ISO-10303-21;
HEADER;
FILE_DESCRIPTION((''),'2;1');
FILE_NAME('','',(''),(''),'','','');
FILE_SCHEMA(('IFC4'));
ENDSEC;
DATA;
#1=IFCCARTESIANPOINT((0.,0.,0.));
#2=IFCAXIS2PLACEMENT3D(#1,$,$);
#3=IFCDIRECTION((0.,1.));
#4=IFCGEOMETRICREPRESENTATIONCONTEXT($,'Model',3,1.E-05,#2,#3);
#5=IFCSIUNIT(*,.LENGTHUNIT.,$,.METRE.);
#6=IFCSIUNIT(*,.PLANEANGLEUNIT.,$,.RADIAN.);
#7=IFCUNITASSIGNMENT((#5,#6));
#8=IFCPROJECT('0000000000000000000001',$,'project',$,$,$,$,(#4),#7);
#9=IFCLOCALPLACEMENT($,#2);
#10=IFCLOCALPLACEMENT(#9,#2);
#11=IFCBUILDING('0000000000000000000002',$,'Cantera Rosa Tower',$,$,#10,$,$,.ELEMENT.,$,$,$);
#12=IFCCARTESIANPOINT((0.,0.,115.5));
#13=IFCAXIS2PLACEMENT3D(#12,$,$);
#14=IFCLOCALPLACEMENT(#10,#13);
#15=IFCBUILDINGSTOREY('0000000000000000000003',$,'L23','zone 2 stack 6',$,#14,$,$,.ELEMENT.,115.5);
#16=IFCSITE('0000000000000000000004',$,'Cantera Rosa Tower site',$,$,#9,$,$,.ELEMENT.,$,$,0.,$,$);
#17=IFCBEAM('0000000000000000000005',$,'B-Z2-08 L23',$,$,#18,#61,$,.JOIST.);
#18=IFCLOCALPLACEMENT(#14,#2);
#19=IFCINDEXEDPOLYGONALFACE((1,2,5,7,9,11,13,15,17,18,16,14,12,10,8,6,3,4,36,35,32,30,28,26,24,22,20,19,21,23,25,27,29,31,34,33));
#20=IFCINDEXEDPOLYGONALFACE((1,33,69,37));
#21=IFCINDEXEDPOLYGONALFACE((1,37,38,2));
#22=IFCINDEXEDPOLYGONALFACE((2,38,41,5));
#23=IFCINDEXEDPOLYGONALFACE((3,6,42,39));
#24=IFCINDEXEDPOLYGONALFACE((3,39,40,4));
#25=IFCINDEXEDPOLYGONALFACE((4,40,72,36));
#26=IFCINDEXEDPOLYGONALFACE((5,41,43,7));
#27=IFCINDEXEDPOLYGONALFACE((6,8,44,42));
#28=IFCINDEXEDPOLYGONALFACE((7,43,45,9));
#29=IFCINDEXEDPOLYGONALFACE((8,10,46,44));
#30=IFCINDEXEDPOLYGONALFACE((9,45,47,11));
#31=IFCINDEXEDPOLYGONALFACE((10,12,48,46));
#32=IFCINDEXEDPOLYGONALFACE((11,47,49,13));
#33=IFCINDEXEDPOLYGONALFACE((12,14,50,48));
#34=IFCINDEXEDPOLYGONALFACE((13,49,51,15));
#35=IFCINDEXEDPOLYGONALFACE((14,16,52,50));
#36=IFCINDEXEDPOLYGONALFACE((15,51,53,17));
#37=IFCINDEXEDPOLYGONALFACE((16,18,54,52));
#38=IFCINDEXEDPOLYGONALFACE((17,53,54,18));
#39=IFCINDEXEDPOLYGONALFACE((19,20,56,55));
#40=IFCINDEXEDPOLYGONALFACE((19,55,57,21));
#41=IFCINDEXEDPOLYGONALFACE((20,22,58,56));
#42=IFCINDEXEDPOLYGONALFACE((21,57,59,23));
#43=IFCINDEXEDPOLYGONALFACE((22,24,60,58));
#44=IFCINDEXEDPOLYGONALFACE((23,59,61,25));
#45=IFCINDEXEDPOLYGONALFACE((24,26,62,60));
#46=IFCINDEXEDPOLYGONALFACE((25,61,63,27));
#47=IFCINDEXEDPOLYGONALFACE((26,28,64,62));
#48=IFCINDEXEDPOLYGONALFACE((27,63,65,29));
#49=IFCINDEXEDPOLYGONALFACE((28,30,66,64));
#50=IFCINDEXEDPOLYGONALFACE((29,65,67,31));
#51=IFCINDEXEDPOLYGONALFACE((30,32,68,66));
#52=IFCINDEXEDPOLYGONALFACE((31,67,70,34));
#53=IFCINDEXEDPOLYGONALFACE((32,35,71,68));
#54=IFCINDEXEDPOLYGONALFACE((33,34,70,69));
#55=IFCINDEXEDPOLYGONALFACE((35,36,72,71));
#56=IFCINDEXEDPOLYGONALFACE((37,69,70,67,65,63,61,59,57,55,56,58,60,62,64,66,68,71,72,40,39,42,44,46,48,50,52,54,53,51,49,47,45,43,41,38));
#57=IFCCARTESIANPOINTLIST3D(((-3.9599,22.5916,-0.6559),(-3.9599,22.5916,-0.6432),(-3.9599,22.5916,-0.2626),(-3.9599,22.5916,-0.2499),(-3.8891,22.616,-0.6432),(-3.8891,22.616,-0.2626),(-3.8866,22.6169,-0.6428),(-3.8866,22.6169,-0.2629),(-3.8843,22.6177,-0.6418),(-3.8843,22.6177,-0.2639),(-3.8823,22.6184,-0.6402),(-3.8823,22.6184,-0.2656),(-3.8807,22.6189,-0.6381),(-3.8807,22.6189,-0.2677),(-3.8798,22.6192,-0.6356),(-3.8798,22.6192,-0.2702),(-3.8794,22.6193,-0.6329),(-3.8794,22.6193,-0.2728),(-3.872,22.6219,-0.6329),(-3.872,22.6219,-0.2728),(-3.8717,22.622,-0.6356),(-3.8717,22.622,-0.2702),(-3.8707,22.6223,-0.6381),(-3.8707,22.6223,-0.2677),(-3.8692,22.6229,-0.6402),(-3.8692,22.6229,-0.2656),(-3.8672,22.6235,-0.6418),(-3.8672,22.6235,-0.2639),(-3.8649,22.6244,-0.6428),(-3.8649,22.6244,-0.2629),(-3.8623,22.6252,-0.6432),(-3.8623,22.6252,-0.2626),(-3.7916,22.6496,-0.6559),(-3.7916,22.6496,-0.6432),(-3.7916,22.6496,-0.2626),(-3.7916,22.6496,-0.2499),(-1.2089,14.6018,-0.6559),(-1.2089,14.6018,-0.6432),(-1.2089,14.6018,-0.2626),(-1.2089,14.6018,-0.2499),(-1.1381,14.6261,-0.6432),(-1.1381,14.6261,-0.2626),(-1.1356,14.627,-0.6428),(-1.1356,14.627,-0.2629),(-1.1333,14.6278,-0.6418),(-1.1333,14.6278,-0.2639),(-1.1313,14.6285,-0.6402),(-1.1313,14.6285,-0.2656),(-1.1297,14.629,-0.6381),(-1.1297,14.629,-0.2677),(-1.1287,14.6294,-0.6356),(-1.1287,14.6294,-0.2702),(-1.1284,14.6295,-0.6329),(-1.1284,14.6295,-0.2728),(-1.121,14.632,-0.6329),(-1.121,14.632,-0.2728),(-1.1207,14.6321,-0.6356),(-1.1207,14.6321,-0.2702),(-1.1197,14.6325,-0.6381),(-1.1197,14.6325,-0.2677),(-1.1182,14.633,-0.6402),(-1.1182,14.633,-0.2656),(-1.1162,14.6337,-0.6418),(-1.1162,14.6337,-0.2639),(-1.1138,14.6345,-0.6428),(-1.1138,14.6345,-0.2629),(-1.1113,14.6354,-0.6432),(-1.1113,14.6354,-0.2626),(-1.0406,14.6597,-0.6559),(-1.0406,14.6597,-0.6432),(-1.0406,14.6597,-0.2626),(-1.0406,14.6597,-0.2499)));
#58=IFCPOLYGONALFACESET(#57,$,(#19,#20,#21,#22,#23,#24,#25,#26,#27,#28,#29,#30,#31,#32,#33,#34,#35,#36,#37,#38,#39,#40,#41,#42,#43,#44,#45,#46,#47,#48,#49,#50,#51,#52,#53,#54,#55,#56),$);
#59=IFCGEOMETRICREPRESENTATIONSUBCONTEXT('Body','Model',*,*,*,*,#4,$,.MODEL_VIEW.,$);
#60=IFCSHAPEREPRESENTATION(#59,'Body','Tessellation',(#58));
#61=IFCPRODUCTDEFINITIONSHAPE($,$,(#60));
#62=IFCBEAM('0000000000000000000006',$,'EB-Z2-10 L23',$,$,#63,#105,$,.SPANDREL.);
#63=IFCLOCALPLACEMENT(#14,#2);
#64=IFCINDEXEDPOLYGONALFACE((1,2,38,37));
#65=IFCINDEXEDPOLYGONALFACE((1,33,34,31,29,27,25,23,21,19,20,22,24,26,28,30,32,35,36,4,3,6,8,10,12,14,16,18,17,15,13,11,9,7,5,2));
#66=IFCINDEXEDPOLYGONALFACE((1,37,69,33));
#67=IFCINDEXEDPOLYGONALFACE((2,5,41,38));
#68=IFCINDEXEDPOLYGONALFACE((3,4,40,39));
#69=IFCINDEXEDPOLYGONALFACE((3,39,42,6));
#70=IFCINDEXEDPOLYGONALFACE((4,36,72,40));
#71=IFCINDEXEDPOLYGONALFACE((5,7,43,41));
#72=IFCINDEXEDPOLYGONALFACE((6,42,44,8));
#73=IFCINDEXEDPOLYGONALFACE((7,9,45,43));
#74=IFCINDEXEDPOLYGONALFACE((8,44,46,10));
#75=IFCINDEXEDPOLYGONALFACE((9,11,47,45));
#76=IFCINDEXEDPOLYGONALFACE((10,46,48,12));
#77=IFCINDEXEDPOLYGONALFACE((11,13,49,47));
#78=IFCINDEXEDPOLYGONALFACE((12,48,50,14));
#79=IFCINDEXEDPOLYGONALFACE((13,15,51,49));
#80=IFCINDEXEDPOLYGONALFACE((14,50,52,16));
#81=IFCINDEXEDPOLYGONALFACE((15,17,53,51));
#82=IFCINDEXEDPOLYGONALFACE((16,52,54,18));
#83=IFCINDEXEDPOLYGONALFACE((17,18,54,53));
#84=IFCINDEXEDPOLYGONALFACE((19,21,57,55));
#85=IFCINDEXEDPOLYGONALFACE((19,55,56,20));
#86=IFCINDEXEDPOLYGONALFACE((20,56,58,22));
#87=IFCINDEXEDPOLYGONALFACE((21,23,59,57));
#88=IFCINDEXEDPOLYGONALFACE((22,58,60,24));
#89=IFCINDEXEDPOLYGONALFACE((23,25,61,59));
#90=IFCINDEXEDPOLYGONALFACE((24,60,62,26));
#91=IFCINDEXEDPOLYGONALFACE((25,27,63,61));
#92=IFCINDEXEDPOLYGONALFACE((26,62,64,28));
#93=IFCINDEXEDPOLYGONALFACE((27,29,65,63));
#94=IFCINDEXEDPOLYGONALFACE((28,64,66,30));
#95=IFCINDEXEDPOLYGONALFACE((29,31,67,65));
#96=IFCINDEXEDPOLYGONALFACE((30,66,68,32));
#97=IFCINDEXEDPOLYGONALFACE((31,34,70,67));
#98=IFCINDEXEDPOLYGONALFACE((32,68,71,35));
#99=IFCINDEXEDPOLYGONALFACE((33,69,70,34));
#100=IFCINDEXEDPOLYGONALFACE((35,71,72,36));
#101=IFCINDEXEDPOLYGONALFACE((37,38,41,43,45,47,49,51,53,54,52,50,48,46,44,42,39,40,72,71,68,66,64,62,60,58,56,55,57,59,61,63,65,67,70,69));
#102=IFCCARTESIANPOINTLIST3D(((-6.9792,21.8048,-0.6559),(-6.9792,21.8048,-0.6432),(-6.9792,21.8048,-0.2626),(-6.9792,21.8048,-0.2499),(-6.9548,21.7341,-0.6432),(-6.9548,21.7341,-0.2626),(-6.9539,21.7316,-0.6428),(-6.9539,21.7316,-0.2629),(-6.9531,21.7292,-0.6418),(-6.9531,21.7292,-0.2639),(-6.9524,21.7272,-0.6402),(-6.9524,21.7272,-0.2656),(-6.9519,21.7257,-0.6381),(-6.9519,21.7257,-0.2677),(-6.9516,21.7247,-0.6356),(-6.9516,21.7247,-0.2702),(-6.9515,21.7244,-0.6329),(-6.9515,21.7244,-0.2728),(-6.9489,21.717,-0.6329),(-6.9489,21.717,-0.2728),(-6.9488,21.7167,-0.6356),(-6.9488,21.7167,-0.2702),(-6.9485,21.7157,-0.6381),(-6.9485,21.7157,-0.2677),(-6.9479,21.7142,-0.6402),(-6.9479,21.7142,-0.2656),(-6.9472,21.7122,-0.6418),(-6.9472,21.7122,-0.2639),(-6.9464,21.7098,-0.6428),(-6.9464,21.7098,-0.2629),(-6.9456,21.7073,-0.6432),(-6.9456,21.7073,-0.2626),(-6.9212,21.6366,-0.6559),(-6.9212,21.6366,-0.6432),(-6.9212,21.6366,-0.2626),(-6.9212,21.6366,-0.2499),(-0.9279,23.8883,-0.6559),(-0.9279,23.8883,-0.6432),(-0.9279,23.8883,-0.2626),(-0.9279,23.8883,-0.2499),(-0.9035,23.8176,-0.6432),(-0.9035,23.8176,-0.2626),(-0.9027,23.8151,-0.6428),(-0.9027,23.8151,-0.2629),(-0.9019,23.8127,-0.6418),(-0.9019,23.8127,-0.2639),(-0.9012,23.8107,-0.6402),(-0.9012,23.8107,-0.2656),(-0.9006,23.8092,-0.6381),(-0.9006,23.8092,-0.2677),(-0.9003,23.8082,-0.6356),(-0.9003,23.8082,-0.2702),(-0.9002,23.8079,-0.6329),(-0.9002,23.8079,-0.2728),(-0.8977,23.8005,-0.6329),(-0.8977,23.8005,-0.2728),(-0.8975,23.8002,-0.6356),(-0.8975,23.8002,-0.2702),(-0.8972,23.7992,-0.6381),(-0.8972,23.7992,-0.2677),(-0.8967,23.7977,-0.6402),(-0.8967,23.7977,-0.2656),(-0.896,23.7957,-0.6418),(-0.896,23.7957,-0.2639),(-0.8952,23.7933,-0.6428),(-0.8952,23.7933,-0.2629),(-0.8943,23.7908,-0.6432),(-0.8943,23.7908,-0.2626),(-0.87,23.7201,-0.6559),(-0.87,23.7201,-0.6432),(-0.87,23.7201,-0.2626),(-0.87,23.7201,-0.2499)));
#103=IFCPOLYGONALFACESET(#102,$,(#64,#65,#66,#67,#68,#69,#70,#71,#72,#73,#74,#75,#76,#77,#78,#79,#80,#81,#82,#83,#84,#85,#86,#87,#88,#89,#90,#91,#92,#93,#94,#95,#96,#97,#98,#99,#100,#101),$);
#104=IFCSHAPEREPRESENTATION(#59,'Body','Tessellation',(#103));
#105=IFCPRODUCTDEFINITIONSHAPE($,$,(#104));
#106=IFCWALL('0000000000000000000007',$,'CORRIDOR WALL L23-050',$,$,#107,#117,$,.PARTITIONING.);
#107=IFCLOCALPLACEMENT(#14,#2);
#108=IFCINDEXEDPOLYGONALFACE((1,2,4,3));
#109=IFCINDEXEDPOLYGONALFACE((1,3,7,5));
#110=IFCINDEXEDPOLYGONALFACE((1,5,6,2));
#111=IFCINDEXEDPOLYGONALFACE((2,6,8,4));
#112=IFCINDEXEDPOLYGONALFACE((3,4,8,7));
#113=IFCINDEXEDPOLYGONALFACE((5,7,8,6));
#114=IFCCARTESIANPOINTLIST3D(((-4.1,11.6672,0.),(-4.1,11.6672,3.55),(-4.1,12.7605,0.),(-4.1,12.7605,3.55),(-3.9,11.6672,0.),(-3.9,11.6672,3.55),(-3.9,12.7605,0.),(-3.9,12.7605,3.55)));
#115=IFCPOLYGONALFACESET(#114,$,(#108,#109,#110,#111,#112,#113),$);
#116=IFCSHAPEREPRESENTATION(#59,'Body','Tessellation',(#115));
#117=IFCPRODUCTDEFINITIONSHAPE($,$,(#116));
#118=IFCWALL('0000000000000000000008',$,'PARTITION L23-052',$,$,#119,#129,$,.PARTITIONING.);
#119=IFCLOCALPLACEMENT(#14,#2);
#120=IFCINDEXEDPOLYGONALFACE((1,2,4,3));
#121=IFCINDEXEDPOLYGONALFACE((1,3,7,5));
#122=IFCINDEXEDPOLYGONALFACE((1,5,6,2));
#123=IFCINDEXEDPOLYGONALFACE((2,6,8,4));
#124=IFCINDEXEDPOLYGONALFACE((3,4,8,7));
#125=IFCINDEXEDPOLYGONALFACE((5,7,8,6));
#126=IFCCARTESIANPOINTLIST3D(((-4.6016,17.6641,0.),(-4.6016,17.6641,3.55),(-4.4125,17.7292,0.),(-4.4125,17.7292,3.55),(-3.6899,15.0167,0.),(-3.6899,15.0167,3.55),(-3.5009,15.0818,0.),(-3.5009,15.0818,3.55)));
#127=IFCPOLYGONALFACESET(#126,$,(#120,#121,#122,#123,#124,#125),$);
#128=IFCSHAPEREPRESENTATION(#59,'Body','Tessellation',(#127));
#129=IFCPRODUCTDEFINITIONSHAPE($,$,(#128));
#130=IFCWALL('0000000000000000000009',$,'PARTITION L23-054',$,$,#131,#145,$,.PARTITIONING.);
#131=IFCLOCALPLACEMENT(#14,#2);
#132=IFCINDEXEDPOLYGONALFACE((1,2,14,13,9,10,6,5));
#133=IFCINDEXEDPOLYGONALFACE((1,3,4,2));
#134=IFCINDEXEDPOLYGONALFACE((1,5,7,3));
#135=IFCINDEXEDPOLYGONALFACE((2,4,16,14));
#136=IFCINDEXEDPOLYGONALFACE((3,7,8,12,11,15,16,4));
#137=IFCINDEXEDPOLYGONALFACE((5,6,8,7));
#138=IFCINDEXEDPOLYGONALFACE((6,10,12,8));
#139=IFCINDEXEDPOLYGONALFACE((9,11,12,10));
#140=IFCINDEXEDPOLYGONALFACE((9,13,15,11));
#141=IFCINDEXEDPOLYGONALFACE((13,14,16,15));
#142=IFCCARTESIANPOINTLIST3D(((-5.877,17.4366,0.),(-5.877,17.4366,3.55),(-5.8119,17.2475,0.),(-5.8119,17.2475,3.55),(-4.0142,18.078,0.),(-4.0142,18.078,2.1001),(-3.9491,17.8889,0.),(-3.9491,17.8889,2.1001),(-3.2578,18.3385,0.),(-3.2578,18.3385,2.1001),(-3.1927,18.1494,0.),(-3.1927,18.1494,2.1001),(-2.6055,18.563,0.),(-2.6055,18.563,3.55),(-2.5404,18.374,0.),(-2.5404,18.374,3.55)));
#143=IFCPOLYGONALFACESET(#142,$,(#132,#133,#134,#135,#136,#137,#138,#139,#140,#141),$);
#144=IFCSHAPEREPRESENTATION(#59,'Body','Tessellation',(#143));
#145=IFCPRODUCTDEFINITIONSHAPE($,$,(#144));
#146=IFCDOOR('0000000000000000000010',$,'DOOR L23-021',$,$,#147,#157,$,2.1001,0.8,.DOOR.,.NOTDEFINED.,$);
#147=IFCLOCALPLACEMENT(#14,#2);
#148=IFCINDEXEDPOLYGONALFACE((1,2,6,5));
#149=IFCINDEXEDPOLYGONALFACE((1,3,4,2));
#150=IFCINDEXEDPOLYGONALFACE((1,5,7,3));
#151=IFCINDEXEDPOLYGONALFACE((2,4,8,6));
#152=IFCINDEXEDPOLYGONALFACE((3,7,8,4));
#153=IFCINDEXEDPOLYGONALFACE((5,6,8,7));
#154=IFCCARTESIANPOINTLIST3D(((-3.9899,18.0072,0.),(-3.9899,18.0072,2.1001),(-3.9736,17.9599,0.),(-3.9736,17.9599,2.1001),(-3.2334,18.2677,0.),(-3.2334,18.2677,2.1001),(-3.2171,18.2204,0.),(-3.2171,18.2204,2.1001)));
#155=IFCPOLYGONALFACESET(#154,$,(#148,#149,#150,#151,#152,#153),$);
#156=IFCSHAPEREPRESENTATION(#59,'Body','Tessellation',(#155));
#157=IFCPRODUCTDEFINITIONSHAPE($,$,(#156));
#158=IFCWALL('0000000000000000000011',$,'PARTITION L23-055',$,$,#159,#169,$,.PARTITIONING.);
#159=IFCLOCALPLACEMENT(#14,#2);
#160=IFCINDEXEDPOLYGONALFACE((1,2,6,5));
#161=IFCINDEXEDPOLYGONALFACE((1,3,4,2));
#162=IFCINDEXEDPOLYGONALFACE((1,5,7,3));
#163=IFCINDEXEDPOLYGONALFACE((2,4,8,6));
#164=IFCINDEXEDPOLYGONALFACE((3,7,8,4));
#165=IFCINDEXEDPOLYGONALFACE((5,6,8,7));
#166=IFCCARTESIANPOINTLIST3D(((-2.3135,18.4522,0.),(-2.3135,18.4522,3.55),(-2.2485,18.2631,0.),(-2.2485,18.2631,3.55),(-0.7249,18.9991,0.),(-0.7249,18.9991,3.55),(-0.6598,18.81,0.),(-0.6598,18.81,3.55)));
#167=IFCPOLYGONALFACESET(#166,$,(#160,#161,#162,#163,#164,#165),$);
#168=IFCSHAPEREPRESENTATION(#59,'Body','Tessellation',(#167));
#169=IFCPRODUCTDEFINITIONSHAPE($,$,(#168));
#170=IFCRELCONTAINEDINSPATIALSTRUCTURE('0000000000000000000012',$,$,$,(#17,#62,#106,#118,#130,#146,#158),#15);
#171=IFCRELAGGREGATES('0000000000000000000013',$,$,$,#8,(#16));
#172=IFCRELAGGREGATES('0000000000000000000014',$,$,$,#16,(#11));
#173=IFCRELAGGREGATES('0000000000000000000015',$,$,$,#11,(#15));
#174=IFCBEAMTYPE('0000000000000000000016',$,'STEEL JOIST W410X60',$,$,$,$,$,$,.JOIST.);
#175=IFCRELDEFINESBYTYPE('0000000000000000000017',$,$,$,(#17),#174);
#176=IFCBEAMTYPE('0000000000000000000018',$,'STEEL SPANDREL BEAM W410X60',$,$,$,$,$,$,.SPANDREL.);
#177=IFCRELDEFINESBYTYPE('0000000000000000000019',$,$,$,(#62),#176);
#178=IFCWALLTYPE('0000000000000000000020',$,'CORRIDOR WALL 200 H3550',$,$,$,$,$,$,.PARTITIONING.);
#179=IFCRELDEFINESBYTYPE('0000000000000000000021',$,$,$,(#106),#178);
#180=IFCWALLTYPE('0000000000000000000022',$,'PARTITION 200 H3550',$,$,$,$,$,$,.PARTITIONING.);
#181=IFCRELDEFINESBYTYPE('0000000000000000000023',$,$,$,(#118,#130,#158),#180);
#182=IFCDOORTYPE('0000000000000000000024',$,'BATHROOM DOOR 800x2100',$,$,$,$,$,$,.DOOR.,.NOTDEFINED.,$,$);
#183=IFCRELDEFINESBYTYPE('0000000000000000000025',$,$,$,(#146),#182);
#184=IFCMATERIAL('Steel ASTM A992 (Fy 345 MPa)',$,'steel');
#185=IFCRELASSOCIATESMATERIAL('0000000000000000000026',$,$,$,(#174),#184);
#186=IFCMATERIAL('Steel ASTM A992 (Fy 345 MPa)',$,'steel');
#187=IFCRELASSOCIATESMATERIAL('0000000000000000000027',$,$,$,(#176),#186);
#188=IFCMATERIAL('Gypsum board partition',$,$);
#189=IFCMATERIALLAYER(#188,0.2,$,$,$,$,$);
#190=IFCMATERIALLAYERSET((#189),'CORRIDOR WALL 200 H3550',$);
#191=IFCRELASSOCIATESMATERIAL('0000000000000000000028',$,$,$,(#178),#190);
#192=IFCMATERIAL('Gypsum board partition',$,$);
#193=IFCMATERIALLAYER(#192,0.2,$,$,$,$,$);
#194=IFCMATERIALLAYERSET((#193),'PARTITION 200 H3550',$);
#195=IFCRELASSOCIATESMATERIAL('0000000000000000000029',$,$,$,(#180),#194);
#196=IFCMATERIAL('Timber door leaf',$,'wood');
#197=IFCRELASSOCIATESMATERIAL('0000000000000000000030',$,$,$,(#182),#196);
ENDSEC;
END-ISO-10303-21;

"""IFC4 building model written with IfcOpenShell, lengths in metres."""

from ifc_helpers import new_model, si_unit, direction, frame, frame_2d, origin, origin_2d, place, context, subcontext, project, spatial, rectangle, i_section, extrude, material, layer, layer_set, material_profile, profile_set, type_object, element, fill, save


model = new_model("IFC4")

# Units and contexts
model_context = context("Model", 3, precision=1e-05, world=origin(), true_north=direction((0.0, 1.0)))
body_context = subcontext(model_context, "Body", "Model", "MODEL_VIEW")
ifc_project = project(units=[si_unit("LENGTHUNIT", "METRE"), si_unit("PLANEANGLEUNIT", "RADIAN")], contexts=[model_context])

# Site, building, storey
site_placement = place(None, origin())
site = spatial("IfcSite", under=ifc_project, at=site_placement, Name="Cantera Rosa Tower site", CompositionType="ELEMENT", RefElevation=0.0)
building_placement = place(site_placement, origin())
building = spatial("IfcBuilding", under=site, at=building_placement, Name="Cantera Rosa Tower", CompositionType="ELEMENT")
storey_placement = place(building_placement, frame((0.0, 0.0, 115.5)))
storey = spatial("IfcBuildingStorey", under=building, at=storey_placement, Name="L23", Description="zone 2 stack 6", CompositionType="ELEMENT", Elevation=115.5)

# Beams
ifc_material_1 = material(Name="Steel ASTM A992 (Fy 345 MPa)", Category="steel")
ifc_material_profile_1 = material_profile(ifc_material_1, i_section(OverallWidth=0.178, OverallDepth=0.406, WebThickness=0.0078, FlangeThickness=0.0127, FilletRadius=0.0103, at=origin_2d()), Name="W410X60")
ifc_profile_set_1 = profile_set([ifc_material_profile_1], Name="Steel ASTM A992 (Fy 345 MPa)")
beam_type_1 = type_object("IfcBeamType", Name="STEEL JOIST W410X60", PredefinedType="JOIST", material=ifc_profile_set_1)
beam_1_placement = place(storey_placement, frame((-3.8757, 22.6206, -0.4529), z_axis=(0.325556, -0.945523, 0.0), x_axis=(0.945523, 0.325556, 0.0)))
element("IfcBeam", 1, at=beam_1_placement, inside=storey, type_object=beam_type_1, Name="B-Z2-08 L23", PredefinedType="JOIST", context=body_context, shape_type="SweptSolid", body=[
    extrude(i_section(OverallWidth=0.178, OverallDepth=0.406, WebThickness=0.0078, FlangeThickness=0.0127, FilletRadius=0.0103, at=origin_2d()), origin(), (0.0, 0.0, 1.0), 8.4502),
])
ifc_material_2 = material(Name="Steel ASTM A992 (Fy 345 MPa)", Category="steel")
ifc_material_profile_2 = material_profile(ifc_material_2, i_section(OverallWidth=0.178, OverallDepth=0.406, WebThickness=0.0078, FlangeThickness=0.0127, FilletRadius=0.0103, at=origin_2d()), Name="W410X60")
ifc_profile_set_2 = profile_set([ifc_material_profile_2], Name="Steel ASTM A992 (Fy 345 MPa)")
beam_type_2 = type_object("IfcBeamType", Name="STEEL SPANDREL BEAM W410X60", PredefinedType="SPANDREL", material=ifc_profile_set_2)
beam_2_placement = place(storey_placement, frame((-0.8989, 23.8042, -0.4529), z_axis=(-0.945524, -0.325551, 0.0), x_axis=(0.325551, -0.945524, 0.0)))
element("IfcBeam", 2, at=beam_2_placement, inside=storey, type_object=beam_type_2, Name="EB-Z2-10 L23", PredefinedType="SPANDREL", context=body_context, shape_type="SweptSolid", body=[
    extrude(i_section(OverallWidth=0.178, OverallDepth=0.406, WebThickness=0.0078, FlangeThickness=0.0127, FilletRadius=0.0103, at=origin_2d()), origin(), (0.0, 0.0, 1.0), 6.3999),
])

# Wall
ifc_material_3 = material(Name="Gypsum board partition")
ifc_layer_1 = layer(ifc_material_3, 0.2)
ifc_layer_set_1 = layer_set([ifc_layer_1], Name="CORRIDOR WALL 200 H3550")
wall_type_1 = type_object("IfcWallType", Name="CORRIDOR WALL 200 H3550", PredefinedType="PARTITIONING", material=ifc_layer_set_1)
wall_1_placement = place(storey_placement, frame((-4.0, 12.7605, 0.0), z_axis=(0.0, 0.0, 1.0), x_axis=(0.0, -1.0, 0.0)))
element("IfcWall", 3, at=wall_1_placement, inside=storey, type_object=wall_type_1, Name="CORRIDOR WALL L23-050", PredefinedType="PARTITIONING", context=body_context, shape_type="SweptSolid", body=[
    extrude(rectangle(XDim=1.0933, YDim=0.2, at=frame_2d((0.5466, 0.0))), origin(), (0.0, 0.0, 1.0), 3.55),
])

# Wall
ifc_material_4 = material(Name="Gypsum board partition")
ifc_layer_2 = layer(ifc_material_4, 0.2)
ifc_layer_set_2 = layer_set([ifc_layer_2], Name="PARTITION 200 H3550")
wall_type_2 = type_object("IfcWallType", Name="PARTITION 200 H3550", PredefinedType="PARTITIONING", material=ifc_layer_set_2)
wall_2_placement = place(storey_placement, frame((-3.5955, 15.0493, 0.0), z_axis=(0.0, 0.0, 1.0), x_axis=(-0.325577, 0.945516, 0.0)))
element("IfcWall", 4, at=wall_2_placement, inside=storey, type_object=wall_type_2, Name="PARTITION L23-052", PredefinedType="PARTITIONING", context=body_context, shape_type="SweptSolid", body=[
    extrude(rectangle(XDim=2.8, YDim=0.2, at=frame_2d((1.3999, 0.0))), origin(), (0.0, 0.0, 1.0), 3.55),
])

# Wall, opening, door
wall_3_placement = place(storey_placement, frame((-2.573, 18.4685, 0.0), z_axis=(0.0, 0.0, 1.0), x_axis=(-0.945518, -0.325569, 0.0)))
wall_3 = element("IfcWall", 5, at=wall_3_placement, inside=storey, type_object=wall_type_2, Name="PARTITION L23-054", PredefinedType="PARTITIONING", context=body_context, shape_type="SweptSolid", body=[
    extrude(rectangle(XDim=3.46, YDim=0.2, at=frame_2d((1.73, 0.0))), origin(), (0.0, 0.0, 1.0), 3.55),
])
opening_1_placement = place(wall_3_placement, frame((0.6899, 0.0, 0.0)))
opening_1 = element("IfcOpeningElement", 6, at=opening_1_placement, cuts=wall_3, PredefinedType="OPENING", context=body_context, shape_type="SweptSolid", body=[
    extrude(rectangle(XDim=0.8, YDim=2.1001, at=frame_2d((0.3999, 1.05))), frame((0.0, 0.1099, 0.0), z_axis=(0.0, -1.0, 0.0), x_axis=(1.0, 0.0, 0.0)), (0.0, 0.0, 1.0), 0.22),
])
ifc_material_5 = material(Name="Timber door leaf", Category="wood")
door_type_1 = type_object("IfcDoorType", Name="BATHROOM DOOR 800x2100", OperationType="NOTDEFINED", PredefinedType="DOOR", material=ifc_material_5)
door_1_placement = place(opening_1_placement, origin())
door_1 = element("IfcDoor", 7, at=door_1_placement, inside=storey, type_object=door_type_1, Name="DOOR L23-021", OperationType="NOTDEFINED", OverallHeight=2.1001, OverallWidth=0.8, PredefinedType="DOOR", context=body_context, shape_type="SweptSolid", body=[
    extrude(rectangle(XDim=0.8, YDim=2.1001, at=frame_2d((0.3999, 1.05))), frame((0.0, 0.0249, 0.0), z_axis=(0.0, -1.0, 0.0), x_axis=(1.0, 0.0, 0.0)), (0.0, 0.0, 1.0), 0.05),
])
fill(opening_1, door_1)

# Wall
wall_4_placement = place(storey_placement, frame((-2.281, 18.3577, 0.0), z_axis=(0.0, 0.0, 1.0), x_axis=(0.945543, 0.325498, 0.0)))
element("IfcWall", 8, at=wall_4_placement, inside=storey, type_object=wall_type_2, Name="PARTITION L23-055", PredefinedType="PARTITIONING", context=body_context, shape_type="SweptSolid", body=[
    extrude(rectangle(XDim=1.6802, YDim=0.2, at=frame_2d((0.8401, 0.0))), origin(), (0.0, 0.0, 1.0), 3.55),
])

save(model, "model.ifc")
